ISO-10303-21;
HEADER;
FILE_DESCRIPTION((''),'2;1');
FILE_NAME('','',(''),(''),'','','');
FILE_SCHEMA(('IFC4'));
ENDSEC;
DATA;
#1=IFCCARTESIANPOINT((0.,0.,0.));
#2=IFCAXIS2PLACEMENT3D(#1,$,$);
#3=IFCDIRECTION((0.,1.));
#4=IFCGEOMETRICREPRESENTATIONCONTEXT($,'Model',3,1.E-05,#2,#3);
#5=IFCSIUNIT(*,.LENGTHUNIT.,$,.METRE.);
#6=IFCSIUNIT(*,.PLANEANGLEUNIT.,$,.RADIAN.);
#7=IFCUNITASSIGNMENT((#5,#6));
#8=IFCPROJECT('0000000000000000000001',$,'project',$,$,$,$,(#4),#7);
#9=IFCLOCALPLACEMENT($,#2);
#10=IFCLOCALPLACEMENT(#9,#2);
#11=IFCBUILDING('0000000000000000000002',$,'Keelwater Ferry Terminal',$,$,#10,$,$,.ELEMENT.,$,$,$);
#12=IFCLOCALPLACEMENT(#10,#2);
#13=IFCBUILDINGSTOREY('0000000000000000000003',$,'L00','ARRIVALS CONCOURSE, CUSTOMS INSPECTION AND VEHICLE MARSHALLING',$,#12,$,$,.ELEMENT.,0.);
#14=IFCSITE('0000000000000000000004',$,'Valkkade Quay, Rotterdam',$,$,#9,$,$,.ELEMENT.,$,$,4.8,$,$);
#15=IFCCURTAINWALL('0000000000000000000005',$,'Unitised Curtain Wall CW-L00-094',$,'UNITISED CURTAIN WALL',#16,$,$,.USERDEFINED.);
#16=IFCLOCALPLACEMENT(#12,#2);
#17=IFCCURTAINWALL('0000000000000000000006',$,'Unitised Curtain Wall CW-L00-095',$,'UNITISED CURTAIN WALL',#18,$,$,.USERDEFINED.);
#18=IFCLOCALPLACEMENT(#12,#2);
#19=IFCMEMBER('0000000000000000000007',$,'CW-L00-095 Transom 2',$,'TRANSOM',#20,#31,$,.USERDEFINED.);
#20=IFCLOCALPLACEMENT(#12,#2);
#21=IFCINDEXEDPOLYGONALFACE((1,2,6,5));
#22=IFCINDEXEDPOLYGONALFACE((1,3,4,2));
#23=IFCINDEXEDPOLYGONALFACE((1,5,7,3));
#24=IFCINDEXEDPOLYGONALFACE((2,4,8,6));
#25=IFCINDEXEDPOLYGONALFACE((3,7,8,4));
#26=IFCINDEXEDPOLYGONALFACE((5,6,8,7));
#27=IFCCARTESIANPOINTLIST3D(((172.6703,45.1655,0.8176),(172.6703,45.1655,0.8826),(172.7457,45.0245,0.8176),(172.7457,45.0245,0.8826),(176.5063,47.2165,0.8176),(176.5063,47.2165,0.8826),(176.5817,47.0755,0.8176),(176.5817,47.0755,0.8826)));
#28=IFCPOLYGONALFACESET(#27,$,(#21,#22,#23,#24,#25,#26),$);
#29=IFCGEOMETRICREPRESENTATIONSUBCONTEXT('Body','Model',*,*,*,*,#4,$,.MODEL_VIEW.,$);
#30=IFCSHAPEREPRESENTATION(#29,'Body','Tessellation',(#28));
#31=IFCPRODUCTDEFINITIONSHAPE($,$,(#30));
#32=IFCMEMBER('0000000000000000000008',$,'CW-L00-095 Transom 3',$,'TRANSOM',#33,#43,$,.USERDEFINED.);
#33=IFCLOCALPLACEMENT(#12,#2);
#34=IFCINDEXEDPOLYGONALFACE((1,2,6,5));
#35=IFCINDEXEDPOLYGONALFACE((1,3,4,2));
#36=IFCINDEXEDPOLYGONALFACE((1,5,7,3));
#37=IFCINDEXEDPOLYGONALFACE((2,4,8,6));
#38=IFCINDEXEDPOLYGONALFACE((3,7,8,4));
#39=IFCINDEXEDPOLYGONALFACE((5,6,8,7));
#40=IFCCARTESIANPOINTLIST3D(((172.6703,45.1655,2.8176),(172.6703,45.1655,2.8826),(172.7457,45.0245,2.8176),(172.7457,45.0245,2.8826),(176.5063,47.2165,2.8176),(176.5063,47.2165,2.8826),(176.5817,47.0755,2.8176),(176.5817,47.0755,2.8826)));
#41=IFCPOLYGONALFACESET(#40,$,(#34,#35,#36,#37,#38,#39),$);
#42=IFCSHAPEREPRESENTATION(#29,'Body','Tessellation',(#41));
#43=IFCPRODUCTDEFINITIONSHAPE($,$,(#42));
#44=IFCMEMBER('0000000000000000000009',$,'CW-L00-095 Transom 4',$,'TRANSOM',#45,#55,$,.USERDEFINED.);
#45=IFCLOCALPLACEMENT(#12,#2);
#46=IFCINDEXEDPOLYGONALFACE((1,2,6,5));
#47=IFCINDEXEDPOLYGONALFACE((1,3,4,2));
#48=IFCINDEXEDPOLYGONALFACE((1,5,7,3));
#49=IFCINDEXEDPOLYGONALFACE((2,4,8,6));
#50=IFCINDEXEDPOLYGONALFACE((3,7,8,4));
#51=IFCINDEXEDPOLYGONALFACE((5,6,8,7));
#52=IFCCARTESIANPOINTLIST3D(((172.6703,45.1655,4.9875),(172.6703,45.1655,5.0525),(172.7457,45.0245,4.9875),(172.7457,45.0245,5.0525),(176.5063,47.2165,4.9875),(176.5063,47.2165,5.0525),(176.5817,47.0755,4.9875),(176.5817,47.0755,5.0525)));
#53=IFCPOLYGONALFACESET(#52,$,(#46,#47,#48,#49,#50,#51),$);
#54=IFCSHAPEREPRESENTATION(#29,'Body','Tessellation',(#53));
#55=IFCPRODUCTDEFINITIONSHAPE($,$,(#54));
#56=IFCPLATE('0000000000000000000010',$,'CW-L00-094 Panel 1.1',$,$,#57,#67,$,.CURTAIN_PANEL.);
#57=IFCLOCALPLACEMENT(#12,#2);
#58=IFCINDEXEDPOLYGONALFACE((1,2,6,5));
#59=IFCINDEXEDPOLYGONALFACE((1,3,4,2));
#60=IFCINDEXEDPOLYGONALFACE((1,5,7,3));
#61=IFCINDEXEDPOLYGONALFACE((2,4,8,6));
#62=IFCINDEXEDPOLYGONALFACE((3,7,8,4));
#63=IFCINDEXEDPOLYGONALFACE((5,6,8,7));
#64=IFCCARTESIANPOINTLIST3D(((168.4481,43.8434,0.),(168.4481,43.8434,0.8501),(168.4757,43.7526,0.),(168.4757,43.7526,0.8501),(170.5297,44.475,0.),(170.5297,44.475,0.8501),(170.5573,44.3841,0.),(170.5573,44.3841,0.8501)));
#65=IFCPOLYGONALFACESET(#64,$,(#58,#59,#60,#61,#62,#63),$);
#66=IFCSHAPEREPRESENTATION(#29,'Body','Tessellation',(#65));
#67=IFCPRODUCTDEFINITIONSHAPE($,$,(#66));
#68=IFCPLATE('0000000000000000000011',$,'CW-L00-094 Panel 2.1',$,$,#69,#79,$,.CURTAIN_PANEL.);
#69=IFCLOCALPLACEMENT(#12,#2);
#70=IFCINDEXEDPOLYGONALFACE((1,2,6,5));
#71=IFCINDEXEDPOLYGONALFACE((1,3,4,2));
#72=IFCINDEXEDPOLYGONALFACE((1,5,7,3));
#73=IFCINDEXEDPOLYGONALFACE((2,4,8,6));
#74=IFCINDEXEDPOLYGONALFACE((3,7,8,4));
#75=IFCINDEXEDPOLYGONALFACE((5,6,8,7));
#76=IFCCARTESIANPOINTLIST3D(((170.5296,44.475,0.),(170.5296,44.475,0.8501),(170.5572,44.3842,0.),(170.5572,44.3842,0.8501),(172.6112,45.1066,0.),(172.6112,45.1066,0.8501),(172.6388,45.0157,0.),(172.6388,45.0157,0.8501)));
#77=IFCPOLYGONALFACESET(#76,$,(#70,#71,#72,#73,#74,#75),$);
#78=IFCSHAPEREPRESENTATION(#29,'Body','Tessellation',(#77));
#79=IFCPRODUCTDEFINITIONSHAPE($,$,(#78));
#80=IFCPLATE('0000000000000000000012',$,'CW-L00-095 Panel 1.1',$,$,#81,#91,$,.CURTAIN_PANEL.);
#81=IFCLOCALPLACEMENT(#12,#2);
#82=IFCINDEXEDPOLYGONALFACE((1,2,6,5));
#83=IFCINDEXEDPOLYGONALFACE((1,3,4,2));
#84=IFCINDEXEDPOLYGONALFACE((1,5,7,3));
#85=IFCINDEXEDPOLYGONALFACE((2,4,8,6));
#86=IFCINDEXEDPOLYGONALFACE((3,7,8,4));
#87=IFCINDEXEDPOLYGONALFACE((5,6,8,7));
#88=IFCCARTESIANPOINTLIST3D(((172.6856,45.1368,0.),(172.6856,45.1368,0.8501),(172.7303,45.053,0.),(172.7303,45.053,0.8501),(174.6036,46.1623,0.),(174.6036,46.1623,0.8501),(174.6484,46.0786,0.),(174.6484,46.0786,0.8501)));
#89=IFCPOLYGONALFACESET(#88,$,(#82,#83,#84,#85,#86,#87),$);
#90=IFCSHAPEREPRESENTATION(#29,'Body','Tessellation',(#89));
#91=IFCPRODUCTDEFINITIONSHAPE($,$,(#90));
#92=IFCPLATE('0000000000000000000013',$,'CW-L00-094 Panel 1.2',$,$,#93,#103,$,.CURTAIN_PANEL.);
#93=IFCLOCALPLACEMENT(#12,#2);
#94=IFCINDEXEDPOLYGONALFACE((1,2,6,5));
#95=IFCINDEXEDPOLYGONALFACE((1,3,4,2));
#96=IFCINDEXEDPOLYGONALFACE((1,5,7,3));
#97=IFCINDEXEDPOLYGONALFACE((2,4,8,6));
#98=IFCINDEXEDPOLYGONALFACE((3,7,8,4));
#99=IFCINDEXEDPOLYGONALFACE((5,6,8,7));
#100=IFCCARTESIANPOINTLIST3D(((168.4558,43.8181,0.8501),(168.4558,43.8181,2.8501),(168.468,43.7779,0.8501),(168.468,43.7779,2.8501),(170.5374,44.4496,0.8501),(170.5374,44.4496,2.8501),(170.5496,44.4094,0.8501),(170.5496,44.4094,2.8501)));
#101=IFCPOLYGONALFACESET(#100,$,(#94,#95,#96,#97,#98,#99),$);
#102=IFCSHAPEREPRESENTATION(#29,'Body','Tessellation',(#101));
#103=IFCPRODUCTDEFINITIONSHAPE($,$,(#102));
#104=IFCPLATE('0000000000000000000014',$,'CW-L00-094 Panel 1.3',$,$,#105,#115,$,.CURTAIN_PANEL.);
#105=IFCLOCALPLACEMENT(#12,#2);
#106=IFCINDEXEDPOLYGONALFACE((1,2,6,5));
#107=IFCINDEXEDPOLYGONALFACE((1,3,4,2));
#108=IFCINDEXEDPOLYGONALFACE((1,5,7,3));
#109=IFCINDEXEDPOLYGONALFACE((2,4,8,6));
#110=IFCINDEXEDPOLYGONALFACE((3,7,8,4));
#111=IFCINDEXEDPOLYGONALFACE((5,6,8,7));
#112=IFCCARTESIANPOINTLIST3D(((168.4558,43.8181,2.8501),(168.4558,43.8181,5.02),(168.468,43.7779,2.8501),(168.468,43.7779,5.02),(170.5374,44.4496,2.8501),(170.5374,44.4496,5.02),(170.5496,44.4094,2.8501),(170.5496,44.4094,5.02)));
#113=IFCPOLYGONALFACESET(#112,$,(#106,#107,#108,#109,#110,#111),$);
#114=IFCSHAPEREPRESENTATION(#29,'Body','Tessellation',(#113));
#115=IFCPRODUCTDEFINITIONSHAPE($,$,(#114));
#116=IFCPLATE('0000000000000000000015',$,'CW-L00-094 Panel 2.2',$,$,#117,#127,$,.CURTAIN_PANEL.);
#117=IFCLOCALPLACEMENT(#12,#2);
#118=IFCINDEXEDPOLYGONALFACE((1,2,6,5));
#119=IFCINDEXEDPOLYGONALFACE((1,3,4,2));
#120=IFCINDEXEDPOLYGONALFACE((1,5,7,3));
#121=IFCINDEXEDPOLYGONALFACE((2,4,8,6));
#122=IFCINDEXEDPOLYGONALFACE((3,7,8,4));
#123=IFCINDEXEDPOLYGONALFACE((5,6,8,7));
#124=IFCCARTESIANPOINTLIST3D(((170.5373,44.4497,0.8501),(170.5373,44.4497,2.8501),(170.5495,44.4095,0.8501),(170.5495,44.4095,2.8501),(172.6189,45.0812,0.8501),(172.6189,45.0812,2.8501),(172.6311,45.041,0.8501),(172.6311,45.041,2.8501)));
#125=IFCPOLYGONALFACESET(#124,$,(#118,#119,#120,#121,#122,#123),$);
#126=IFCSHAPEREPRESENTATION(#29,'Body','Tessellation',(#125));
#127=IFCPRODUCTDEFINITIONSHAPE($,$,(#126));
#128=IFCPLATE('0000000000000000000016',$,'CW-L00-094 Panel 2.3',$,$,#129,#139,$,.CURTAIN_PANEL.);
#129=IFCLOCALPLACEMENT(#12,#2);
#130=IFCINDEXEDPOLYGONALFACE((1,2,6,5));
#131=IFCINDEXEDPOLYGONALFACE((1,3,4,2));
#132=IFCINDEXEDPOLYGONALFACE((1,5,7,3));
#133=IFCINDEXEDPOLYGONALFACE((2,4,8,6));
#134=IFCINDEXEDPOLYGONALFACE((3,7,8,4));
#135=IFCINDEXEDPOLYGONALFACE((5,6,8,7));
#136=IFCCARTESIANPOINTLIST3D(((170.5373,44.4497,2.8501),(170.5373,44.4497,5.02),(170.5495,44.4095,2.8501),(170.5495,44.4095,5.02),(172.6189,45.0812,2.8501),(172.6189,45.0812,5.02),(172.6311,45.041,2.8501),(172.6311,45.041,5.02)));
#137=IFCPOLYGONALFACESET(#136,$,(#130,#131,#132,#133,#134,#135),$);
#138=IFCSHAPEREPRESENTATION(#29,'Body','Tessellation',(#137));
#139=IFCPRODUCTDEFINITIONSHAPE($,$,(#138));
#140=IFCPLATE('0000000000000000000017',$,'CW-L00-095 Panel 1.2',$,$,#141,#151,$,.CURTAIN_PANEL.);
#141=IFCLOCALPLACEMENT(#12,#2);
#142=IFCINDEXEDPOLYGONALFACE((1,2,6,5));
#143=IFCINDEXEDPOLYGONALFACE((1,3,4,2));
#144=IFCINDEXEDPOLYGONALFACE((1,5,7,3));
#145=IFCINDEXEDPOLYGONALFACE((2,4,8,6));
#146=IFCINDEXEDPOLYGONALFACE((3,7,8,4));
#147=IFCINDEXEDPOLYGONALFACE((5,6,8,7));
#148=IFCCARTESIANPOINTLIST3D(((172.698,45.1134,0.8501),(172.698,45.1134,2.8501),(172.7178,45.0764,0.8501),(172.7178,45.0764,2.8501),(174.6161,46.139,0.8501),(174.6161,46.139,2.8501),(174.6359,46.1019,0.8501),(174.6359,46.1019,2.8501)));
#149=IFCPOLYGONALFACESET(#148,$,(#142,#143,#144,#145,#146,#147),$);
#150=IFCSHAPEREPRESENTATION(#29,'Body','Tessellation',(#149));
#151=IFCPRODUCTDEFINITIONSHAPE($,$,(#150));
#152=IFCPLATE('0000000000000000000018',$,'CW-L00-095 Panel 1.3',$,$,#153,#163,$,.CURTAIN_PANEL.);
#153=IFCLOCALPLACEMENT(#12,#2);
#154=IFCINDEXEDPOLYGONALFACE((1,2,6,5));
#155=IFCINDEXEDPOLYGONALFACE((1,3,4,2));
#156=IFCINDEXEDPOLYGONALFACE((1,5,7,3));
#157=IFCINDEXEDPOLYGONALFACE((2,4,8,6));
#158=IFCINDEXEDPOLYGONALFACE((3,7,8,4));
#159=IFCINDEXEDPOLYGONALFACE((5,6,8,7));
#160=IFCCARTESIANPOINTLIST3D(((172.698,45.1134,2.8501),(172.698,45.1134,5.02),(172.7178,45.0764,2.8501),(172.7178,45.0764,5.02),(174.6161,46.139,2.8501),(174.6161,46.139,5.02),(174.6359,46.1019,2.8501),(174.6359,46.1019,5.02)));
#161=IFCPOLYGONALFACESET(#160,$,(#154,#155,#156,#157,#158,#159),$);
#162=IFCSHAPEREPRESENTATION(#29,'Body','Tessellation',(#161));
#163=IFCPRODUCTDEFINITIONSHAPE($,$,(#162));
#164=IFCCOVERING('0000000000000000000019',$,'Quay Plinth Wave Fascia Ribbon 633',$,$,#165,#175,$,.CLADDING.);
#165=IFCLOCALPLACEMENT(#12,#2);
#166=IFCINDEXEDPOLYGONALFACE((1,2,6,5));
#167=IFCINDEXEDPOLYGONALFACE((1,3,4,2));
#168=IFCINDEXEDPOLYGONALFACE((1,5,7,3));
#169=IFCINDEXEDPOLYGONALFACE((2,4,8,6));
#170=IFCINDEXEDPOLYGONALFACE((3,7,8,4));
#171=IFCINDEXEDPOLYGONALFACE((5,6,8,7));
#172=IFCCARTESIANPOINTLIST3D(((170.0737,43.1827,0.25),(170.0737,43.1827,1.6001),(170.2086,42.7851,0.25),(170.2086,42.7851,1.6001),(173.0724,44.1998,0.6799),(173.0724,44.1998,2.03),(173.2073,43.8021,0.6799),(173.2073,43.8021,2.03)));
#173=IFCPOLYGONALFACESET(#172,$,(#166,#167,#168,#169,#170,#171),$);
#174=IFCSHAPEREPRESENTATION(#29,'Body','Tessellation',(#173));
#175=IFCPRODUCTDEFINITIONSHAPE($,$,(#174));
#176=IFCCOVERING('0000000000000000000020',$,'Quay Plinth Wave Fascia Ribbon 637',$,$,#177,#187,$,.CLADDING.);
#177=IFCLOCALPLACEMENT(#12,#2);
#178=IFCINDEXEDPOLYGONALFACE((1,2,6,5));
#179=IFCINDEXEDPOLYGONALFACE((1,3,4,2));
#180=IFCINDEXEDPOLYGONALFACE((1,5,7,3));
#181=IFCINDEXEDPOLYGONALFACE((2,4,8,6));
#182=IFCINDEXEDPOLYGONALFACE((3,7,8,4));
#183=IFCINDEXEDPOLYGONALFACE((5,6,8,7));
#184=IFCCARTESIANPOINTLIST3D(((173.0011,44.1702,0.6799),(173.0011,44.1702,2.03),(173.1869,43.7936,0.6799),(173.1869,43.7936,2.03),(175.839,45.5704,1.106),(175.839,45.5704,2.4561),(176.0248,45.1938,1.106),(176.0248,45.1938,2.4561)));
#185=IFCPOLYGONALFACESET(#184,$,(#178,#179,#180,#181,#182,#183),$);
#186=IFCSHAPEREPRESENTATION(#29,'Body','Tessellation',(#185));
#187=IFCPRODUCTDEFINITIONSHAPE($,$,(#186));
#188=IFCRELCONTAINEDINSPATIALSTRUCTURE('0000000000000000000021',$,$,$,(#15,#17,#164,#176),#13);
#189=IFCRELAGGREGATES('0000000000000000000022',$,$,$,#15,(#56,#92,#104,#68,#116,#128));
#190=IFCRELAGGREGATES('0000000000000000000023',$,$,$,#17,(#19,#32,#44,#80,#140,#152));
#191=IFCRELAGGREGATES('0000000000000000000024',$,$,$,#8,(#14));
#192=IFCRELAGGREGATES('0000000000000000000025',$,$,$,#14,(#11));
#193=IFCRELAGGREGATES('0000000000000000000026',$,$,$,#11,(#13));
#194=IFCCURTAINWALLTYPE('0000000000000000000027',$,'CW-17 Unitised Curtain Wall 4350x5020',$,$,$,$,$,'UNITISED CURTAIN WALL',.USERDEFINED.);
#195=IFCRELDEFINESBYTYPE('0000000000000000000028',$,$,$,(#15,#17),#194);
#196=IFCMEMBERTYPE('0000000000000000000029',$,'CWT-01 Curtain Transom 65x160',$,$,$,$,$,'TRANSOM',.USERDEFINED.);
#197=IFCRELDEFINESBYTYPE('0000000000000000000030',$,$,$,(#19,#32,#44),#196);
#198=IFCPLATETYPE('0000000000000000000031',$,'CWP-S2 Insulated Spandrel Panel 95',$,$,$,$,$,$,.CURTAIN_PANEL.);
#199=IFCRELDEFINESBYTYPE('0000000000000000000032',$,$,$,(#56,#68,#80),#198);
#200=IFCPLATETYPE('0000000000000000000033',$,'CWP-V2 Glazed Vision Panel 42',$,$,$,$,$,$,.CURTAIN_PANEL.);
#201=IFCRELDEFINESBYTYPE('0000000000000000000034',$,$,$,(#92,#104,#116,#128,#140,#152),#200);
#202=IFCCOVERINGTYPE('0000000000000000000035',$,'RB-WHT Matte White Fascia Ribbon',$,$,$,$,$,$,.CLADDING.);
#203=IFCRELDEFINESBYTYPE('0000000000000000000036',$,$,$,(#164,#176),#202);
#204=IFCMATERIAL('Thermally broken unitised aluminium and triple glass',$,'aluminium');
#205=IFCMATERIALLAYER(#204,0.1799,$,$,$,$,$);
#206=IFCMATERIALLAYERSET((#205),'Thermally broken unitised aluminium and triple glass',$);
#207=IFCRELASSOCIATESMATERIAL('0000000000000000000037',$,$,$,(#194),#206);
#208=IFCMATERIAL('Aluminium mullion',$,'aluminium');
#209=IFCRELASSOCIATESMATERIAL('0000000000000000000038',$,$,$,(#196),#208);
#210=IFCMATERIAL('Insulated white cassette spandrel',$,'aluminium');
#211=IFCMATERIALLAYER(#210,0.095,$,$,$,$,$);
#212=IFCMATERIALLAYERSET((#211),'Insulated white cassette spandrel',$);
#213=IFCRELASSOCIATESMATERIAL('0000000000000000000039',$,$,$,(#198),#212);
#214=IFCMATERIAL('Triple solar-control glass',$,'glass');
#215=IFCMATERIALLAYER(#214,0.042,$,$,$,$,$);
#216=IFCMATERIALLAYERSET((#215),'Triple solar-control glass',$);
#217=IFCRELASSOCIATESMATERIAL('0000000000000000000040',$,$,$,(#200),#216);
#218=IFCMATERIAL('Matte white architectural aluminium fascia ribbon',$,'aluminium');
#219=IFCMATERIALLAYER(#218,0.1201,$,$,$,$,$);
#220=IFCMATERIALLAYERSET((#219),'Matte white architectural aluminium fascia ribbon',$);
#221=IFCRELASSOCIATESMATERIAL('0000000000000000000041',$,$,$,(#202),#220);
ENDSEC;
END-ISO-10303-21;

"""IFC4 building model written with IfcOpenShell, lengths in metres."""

from ifc_helpers import new_model, si_unit, direction, frame, origin, origin_2d, place, context, subcontext, project, spatial, polyline, rectangle, outline, extrude, material, layer, layer_set, material_profile, profile_set, type_object, element, aggregate, save


model = new_model("IFC4")

# Units and contexts
model_context = context("Model", 3, precision=1e-05, world=origin(), true_north=direction((0.0, 1.0)))
body_context = subcontext(model_context, "Body", "Model", "MODEL_VIEW")
ifc_project = project(units=[si_unit("LENGTHUNIT", "METRE"), si_unit("PLANEANGLEUNIT", "RADIAN")], contexts=[model_context])

# Site, building, storey
site_placement = place(None, origin())
site = spatial("IfcSite", under=ifc_project, at=site_placement, Name="Valkkade Quay, Rotterdam", CompositionType="ELEMENT", RefElevation=4.8)
building_placement = place(site_placement, origin())
building = spatial("IfcBuilding", under=site, at=building_placement, Name="Keelwater Ferry Terminal", CompositionType="ELEMENT")
storey_placement = place(building_placement, origin())
storey = spatial("IfcBuildingStorey", under=building, at=storey_placement, Name="L00", Description="ARRIVALS CONCOURSE, CUSTOMS INSPECTION AND VEHICLE MARSHALLING", CompositionType="ELEMENT", Elevation=0.0)

# Curtain wall
ifc_material_1 = material(Name="Thermally broken unitised aluminium and triple glass", Category="aluminium")
ifc_layer_1 = layer(ifc_material_1, 0.1799)
ifc_layer_set_1 = layer_set([ifc_layer_1], Name="Thermally broken unitised aluminium and triple glass")
curtain_wall_type = type_object("IfcCurtainWallType", Name="CW-17 Unitised Curtain Wall 4350x5020", ElementType="UNITISED CURTAIN WALL", PredefinedType="USERDEFINED", material=ifc_layer_set_1)
curtain_wall_1_placement = place(storey_placement, origin())
curtain_wall_1 = element("IfcCurtainWall", 1, at=curtain_wall_1_placement, inside=storey, type_object=curtain_wall_type, Name="Unitised Curtain Wall CW-L00-094", ObjectType="UNITISED CURTAIN WALL", PredefinedType="USERDEFINED")

# Curtain wall
curtain_wall_2_placement = place(storey_placement, origin())
curtain_wall_2 = element("IfcCurtainWall", 2, at=curtain_wall_2_placement, inside=storey, type_object=curtain_wall_type, Name="Unitised Curtain Wall CW-L00-095", ObjectType="UNITISED CURTAIN WALL", PredefinedType="USERDEFINED")

# Members
ifc_material_2 = material(Name="Aluminium mullion", Category="aluminium")
ifc_material_profile_1 = material_profile(ifc_material_2, rectangle(XDim=0.1599, YDim=0.0649, at=origin_2d()), Name="CWT-01")
ifc_profile_set_1 = profile_set([ifc_material_profile_1], Name="Aluminium mullion")
member_type_1 = type_object("IfcMemberType", Name="CWT-01 Curtain Transom 65x160", ElementType="TRANSOM", PredefinedType="USERDEFINED", material=ifc_profile_set_1)
member_1_placement = place(storey_placement, frame((172.708, 45.095, 0.8501), z_axis=(0.881857, 0.471517, 0.0), x_axis=(-0.471517, 0.881857, 0.0)))
member_1 = element("IfcMember", 3, at=member_1_placement, type_object=member_type_1, Name="CW-L00-095 Transom 2", ObjectType="TRANSOM", PredefinedType="USERDEFINED", context=body_context, shape_type="SweptSolid", body=[
    extrude(rectangle(XDim=0.1599, YDim=0.0649, at=origin_2d()), origin(), (0.0, 0.0, 1.0), 4.3499),
])
member_2_placement = place(storey_placement, frame((172.708, 45.095, 2.8501), z_axis=(0.881857, 0.471517, 0.0), x_axis=(-0.471517, 0.881857, 0.0)))
member_2 = element("IfcMember", 4, at=member_2_placement, type_object=member_type_1, Name="CW-L00-095 Transom 3", ObjectType="TRANSOM", PredefinedType="USERDEFINED", context=body_context, shape_type="SweptSolid", body=[
    extrude(rectangle(XDim=0.1599, YDim=0.0649, at=origin_2d()), origin(), (0.0, 0.0, 1.0), 4.3499),
])
member_3_placement = place(storey_placement, frame((172.708, 45.095, 5.02), z_axis=(0.881857, 0.471517, 0.0), x_axis=(-0.471517, 0.881857, 0.0)))
member_3 = element("IfcMember", 5, at=member_3_placement, type_object=member_type_1, Name="CW-L00-095 Transom 4", ObjectType="TRANSOM", PredefinedType="USERDEFINED", context=body_context, shape_type="SweptSolid", body=[
    extrude(rectangle(XDim=0.1599, YDim=0.0649, at=origin_2d()), origin(), (0.0, 0.0, 1.0), 4.3499),
])

# Plates
ifc_material_3 = material(Name="Insulated white cassette spandrel", Category="aluminium")
ifc_layer_2 = layer(ifc_material_3, 0.095)
ifc_layer_set_2 = layer_set([ifc_layer_2], Name="Insulated white cassette spandrel")
plate_type_1 = type_object("IfcPlateType", Name="CWP-S2 Insulated Spandrel Panel 95", PredefinedType="CURTAIN_PANEL", material=ifc_layer_set_2)
plate_1_placement = place(storey_placement, frame((169.5027, 44.1138, 0.0), z_axis=(0.0, 0.0, 1.0), x_axis=(0.95693, 0.29032, 0.0)))
plate_1 = element("IfcPlate", 6, at=plate_1_placement, type_object=plate_type_1, Name="CW-L00-094 Panel 1.1", PredefinedType="CURTAIN_PANEL", context=body_context, shape_type="SweptSolid", body=[
    extrude(rectangle(XDim=2.1753, YDim=0.095, at=origin_2d()), origin(), (0.0, 0.0, 1.0), 0.8501),
])
plate_2_placement = place(storey_placement, frame((171.5842, 44.7454, 0.0), z_axis=(0.0, 0.0, 1.0), x_axis=(0.95693, 0.29032, 0.0)))
plate_2 = element("IfcPlate", 7, at=plate_2_placement, type_object=plate_type_1, Name="CW-L00-094 Panel 2.1", PredefinedType="CURTAIN_PANEL", context=body_context, shape_type="SweptSolid", body=[
    extrude(rectangle(XDim=2.1753, YDim=0.095, at=origin_2d()), origin(), (0.0, 0.0, 1.0), 0.8501),
])
plate_3_placement = place(storey_placement, frame((173.667, 45.6077, 0.0), z_axis=(0.0, 0.0, 1.0), x_axis=(0.881862, 0.471507, 0.0)))
plate_3 = element("IfcPlate", 8, at=plate_3_placement, type_object=plate_type_1, Name="CW-L00-095 Panel 1.1", PredefinedType="CURTAIN_PANEL", context=body_context, shape_type="SweptSolid", body=[
    extrude(rectangle(XDim=2.175, YDim=0.095, at=origin_2d()), origin(), (0.0, 0.0, 1.0), 0.8501),
])
ifc_material_4 = material(Name="Triple solar-control glass", Category="glass")
ifc_layer_3 = layer(ifc_material_4, 0.042)
ifc_layer_set_3 = layer_set([ifc_layer_3], Name="Triple solar-control glass")
plate_type_2 = type_object("IfcPlateType", Name="CWP-V2 Glazed Vision Panel 42", PredefinedType="CURTAIN_PANEL", material=ifc_layer_set_3)
plate_4_placement = place(storey_placement, frame((169.5027, 44.1138, 0.8501), z_axis=(0.0, 0.0, 1.0), x_axis=(0.95693, 0.29032, 0.0)))
plate_4 = element("IfcPlate", 9, at=plate_4_placement, type_object=plate_type_2, Name="CW-L00-094 Panel 1.2", PredefinedType="CURTAIN_PANEL", context=body_context, shape_type="SweptSolid", body=[
    extrude(rectangle(XDim=2.1753, YDim=0.042, at=origin_2d()), origin(), (0.0, 0.0, 1.0), 2.0),
])
plate_5_placement = place(storey_placement, frame((169.5027, 44.1138, 2.8501), z_axis=(0.0, 0.0, 1.0), x_axis=(0.95693, 0.29032, 0.0)))
plate_5 = element("IfcPlate", 10, at=plate_5_placement, type_object=plate_type_2, Name="CW-L00-094 Panel 1.3", PredefinedType="CURTAIN_PANEL", context=body_context, shape_type="SweptSolid", body=[
    extrude(rectangle(XDim=2.1753, YDim=0.042, at=origin_2d()), origin(), (0.0, 0.0, 1.0), 2.1699),
])
plate_6_placement = place(storey_placement, frame((171.5842, 44.7454, 0.8501), z_axis=(0.0, 0.0, 1.0), x_axis=(0.95693, 0.29032, 0.0)))
plate_6 = element("IfcPlate", 11, at=plate_6_placement, type_object=plate_type_2, Name="CW-L00-094 Panel 2.2", PredefinedType="CURTAIN_PANEL", context=body_context, shape_type="SweptSolid", body=[
    extrude(rectangle(XDim=2.1753, YDim=0.042, at=origin_2d()), origin(), (0.0, 0.0, 1.0), 2.0),
])
plate_7_placement = place(storey_placement, frame((171.5842, 44.7454, 2.8501), z_axis=(0.0, 0.0, 1.0), x_axis=(0.95693, 0.29032, 0.0)))
plate_7 = element("IfcPlate", 12, at=plate_7_placement, type_object=plate_type_2, Name="CW-L00-094 Panel 2.3", PredefinedType="CURTAIN_PANEL", context=body_context, shape_type="SweptSolid", body=[
    extrude(rectangle(XDim=2.1753, YDim=0.042, at=origin_2d()), origin(), (0.0, 0.0, 1.0), 2.1699),
])
aggregate(curtain_wall_1, [plate_1, plate_4, plate_5, plate_2, plate_6, plate_7])
plate_8_placement = place(storey_placement, frame((173.667, 45.6077, 0.8501), z_axis=(0.0, 0.0, 1.0), x_axis=(0.881862, 0.471507, 0.0)))
plate_8 = element("IfcPlate", 13, at=plate_8_placement, type_object=plate_type_2, Name="CW-L00-095 Panel 1.2", PredefinedType="CURTAIN_PANEL", context=body_context, shape_type="SweptSolid", body=[
    extrude(rectangle(XDim=2.175, YDim=0.042, at=origin_2d()), origin(), (0.0, 0.0, 1.0), 2.0),
])
plate_9_placement = place(storey_placement, frame((173.667, 45.6077, 2.8501), z_axis=(0.0, 0.0, 1.0), x_axis=(0.881862, 0.471507, 0.0)))
plate_9 = element("IfcPlate", 14, at=plate_9_placement, type_object=plate_type_2, Name="CW-L00-095 Panel 1.3", PredefinedType="CURTAIN_PANEL", context=body_context, shape_type="SweptSolid", body=[
    extrude(rectangle(XDim=2.175, YDim=0.042, at=origin_2d()), origin(), (0.0, 0.0, 1.0), 2.1699),
])
aggregate(curtain_wall_2, [member_1, member_2, member_3, plate_3, plate_8, plate_9])

# Coverings
ifc_material_5 = material(Name="Matte white architectural aluminium fascia ribbon", Category="aluminium")
ifc_layer_4 = layer(ifc_material_5, 0.1201)
ifc_layer_set_4 = layer_set([ifc_layer_4], Name="Matte white architectural aluminium fascia ribbon")
covering_type = type_object("IfcCoveringType", Name="RB-WHT Matte White Fascia Ribbon", PredefinedType="CLADDING", material=ifc_layer_set_4)
covering_1_placement = place(storey_placement, frame((170.1411, 42.9839, 0.25), z_axis=(0.0, 0.0, 1.0), x_axis=(0.947013, 0.321196, 0.0)))
element("IfcCovering", 15, at=covering_1_placement, inside=storey, type_object=covering_type, Name="Quay Plinth Wave Fascia Ribbon 633", PredefinedType="CLADDING", context=body_context, shape_type="SweptSolid", body=[
    extrude(outline(polyline([(0.0, 0.0), (3.1665, 0.4299), (3.1665, 1.78), (0.0, 1.3501), (0.0, 0.0)])), frame((0.0, 0.21, 0.0), z_axis=(0.0, -1.0, 0.0), x_axis=(1.0, 0.0, 0.0)), (0.0, 0.0, 1.0), 0.4199),
])
covering_2_placement = place(storey_placement, frame((173.094, 43.9819, 0.6799), z_axis=(0.0, 0.0, 1.0), x_axis=(0.896791, 0.442455, 0.0)))
element("IfcCovering", 16, at=covering_2_placement, inside=storey, type_object=covering_type, Name="Quay Plinth Wave Fascia Ribbon 637", PredefinedType="CLADDING", context=body_context, shape_type="SweptSolid", body=[
    extrude(outline(polyline([(0.0, 0.0), (3.1646, 0.426), (3.1646, 1.7761), (0.0, 1.3501), (0.0, 0.0)])), frame((0.0, 0.21, 0.0), z_axis=(0.0, -1.0, 0.0), x_axis=(1.0, 0.0, 0.0)), (0.0, 0.0, 1.0), 0.4199),
])

save(model, "model.ifc")
